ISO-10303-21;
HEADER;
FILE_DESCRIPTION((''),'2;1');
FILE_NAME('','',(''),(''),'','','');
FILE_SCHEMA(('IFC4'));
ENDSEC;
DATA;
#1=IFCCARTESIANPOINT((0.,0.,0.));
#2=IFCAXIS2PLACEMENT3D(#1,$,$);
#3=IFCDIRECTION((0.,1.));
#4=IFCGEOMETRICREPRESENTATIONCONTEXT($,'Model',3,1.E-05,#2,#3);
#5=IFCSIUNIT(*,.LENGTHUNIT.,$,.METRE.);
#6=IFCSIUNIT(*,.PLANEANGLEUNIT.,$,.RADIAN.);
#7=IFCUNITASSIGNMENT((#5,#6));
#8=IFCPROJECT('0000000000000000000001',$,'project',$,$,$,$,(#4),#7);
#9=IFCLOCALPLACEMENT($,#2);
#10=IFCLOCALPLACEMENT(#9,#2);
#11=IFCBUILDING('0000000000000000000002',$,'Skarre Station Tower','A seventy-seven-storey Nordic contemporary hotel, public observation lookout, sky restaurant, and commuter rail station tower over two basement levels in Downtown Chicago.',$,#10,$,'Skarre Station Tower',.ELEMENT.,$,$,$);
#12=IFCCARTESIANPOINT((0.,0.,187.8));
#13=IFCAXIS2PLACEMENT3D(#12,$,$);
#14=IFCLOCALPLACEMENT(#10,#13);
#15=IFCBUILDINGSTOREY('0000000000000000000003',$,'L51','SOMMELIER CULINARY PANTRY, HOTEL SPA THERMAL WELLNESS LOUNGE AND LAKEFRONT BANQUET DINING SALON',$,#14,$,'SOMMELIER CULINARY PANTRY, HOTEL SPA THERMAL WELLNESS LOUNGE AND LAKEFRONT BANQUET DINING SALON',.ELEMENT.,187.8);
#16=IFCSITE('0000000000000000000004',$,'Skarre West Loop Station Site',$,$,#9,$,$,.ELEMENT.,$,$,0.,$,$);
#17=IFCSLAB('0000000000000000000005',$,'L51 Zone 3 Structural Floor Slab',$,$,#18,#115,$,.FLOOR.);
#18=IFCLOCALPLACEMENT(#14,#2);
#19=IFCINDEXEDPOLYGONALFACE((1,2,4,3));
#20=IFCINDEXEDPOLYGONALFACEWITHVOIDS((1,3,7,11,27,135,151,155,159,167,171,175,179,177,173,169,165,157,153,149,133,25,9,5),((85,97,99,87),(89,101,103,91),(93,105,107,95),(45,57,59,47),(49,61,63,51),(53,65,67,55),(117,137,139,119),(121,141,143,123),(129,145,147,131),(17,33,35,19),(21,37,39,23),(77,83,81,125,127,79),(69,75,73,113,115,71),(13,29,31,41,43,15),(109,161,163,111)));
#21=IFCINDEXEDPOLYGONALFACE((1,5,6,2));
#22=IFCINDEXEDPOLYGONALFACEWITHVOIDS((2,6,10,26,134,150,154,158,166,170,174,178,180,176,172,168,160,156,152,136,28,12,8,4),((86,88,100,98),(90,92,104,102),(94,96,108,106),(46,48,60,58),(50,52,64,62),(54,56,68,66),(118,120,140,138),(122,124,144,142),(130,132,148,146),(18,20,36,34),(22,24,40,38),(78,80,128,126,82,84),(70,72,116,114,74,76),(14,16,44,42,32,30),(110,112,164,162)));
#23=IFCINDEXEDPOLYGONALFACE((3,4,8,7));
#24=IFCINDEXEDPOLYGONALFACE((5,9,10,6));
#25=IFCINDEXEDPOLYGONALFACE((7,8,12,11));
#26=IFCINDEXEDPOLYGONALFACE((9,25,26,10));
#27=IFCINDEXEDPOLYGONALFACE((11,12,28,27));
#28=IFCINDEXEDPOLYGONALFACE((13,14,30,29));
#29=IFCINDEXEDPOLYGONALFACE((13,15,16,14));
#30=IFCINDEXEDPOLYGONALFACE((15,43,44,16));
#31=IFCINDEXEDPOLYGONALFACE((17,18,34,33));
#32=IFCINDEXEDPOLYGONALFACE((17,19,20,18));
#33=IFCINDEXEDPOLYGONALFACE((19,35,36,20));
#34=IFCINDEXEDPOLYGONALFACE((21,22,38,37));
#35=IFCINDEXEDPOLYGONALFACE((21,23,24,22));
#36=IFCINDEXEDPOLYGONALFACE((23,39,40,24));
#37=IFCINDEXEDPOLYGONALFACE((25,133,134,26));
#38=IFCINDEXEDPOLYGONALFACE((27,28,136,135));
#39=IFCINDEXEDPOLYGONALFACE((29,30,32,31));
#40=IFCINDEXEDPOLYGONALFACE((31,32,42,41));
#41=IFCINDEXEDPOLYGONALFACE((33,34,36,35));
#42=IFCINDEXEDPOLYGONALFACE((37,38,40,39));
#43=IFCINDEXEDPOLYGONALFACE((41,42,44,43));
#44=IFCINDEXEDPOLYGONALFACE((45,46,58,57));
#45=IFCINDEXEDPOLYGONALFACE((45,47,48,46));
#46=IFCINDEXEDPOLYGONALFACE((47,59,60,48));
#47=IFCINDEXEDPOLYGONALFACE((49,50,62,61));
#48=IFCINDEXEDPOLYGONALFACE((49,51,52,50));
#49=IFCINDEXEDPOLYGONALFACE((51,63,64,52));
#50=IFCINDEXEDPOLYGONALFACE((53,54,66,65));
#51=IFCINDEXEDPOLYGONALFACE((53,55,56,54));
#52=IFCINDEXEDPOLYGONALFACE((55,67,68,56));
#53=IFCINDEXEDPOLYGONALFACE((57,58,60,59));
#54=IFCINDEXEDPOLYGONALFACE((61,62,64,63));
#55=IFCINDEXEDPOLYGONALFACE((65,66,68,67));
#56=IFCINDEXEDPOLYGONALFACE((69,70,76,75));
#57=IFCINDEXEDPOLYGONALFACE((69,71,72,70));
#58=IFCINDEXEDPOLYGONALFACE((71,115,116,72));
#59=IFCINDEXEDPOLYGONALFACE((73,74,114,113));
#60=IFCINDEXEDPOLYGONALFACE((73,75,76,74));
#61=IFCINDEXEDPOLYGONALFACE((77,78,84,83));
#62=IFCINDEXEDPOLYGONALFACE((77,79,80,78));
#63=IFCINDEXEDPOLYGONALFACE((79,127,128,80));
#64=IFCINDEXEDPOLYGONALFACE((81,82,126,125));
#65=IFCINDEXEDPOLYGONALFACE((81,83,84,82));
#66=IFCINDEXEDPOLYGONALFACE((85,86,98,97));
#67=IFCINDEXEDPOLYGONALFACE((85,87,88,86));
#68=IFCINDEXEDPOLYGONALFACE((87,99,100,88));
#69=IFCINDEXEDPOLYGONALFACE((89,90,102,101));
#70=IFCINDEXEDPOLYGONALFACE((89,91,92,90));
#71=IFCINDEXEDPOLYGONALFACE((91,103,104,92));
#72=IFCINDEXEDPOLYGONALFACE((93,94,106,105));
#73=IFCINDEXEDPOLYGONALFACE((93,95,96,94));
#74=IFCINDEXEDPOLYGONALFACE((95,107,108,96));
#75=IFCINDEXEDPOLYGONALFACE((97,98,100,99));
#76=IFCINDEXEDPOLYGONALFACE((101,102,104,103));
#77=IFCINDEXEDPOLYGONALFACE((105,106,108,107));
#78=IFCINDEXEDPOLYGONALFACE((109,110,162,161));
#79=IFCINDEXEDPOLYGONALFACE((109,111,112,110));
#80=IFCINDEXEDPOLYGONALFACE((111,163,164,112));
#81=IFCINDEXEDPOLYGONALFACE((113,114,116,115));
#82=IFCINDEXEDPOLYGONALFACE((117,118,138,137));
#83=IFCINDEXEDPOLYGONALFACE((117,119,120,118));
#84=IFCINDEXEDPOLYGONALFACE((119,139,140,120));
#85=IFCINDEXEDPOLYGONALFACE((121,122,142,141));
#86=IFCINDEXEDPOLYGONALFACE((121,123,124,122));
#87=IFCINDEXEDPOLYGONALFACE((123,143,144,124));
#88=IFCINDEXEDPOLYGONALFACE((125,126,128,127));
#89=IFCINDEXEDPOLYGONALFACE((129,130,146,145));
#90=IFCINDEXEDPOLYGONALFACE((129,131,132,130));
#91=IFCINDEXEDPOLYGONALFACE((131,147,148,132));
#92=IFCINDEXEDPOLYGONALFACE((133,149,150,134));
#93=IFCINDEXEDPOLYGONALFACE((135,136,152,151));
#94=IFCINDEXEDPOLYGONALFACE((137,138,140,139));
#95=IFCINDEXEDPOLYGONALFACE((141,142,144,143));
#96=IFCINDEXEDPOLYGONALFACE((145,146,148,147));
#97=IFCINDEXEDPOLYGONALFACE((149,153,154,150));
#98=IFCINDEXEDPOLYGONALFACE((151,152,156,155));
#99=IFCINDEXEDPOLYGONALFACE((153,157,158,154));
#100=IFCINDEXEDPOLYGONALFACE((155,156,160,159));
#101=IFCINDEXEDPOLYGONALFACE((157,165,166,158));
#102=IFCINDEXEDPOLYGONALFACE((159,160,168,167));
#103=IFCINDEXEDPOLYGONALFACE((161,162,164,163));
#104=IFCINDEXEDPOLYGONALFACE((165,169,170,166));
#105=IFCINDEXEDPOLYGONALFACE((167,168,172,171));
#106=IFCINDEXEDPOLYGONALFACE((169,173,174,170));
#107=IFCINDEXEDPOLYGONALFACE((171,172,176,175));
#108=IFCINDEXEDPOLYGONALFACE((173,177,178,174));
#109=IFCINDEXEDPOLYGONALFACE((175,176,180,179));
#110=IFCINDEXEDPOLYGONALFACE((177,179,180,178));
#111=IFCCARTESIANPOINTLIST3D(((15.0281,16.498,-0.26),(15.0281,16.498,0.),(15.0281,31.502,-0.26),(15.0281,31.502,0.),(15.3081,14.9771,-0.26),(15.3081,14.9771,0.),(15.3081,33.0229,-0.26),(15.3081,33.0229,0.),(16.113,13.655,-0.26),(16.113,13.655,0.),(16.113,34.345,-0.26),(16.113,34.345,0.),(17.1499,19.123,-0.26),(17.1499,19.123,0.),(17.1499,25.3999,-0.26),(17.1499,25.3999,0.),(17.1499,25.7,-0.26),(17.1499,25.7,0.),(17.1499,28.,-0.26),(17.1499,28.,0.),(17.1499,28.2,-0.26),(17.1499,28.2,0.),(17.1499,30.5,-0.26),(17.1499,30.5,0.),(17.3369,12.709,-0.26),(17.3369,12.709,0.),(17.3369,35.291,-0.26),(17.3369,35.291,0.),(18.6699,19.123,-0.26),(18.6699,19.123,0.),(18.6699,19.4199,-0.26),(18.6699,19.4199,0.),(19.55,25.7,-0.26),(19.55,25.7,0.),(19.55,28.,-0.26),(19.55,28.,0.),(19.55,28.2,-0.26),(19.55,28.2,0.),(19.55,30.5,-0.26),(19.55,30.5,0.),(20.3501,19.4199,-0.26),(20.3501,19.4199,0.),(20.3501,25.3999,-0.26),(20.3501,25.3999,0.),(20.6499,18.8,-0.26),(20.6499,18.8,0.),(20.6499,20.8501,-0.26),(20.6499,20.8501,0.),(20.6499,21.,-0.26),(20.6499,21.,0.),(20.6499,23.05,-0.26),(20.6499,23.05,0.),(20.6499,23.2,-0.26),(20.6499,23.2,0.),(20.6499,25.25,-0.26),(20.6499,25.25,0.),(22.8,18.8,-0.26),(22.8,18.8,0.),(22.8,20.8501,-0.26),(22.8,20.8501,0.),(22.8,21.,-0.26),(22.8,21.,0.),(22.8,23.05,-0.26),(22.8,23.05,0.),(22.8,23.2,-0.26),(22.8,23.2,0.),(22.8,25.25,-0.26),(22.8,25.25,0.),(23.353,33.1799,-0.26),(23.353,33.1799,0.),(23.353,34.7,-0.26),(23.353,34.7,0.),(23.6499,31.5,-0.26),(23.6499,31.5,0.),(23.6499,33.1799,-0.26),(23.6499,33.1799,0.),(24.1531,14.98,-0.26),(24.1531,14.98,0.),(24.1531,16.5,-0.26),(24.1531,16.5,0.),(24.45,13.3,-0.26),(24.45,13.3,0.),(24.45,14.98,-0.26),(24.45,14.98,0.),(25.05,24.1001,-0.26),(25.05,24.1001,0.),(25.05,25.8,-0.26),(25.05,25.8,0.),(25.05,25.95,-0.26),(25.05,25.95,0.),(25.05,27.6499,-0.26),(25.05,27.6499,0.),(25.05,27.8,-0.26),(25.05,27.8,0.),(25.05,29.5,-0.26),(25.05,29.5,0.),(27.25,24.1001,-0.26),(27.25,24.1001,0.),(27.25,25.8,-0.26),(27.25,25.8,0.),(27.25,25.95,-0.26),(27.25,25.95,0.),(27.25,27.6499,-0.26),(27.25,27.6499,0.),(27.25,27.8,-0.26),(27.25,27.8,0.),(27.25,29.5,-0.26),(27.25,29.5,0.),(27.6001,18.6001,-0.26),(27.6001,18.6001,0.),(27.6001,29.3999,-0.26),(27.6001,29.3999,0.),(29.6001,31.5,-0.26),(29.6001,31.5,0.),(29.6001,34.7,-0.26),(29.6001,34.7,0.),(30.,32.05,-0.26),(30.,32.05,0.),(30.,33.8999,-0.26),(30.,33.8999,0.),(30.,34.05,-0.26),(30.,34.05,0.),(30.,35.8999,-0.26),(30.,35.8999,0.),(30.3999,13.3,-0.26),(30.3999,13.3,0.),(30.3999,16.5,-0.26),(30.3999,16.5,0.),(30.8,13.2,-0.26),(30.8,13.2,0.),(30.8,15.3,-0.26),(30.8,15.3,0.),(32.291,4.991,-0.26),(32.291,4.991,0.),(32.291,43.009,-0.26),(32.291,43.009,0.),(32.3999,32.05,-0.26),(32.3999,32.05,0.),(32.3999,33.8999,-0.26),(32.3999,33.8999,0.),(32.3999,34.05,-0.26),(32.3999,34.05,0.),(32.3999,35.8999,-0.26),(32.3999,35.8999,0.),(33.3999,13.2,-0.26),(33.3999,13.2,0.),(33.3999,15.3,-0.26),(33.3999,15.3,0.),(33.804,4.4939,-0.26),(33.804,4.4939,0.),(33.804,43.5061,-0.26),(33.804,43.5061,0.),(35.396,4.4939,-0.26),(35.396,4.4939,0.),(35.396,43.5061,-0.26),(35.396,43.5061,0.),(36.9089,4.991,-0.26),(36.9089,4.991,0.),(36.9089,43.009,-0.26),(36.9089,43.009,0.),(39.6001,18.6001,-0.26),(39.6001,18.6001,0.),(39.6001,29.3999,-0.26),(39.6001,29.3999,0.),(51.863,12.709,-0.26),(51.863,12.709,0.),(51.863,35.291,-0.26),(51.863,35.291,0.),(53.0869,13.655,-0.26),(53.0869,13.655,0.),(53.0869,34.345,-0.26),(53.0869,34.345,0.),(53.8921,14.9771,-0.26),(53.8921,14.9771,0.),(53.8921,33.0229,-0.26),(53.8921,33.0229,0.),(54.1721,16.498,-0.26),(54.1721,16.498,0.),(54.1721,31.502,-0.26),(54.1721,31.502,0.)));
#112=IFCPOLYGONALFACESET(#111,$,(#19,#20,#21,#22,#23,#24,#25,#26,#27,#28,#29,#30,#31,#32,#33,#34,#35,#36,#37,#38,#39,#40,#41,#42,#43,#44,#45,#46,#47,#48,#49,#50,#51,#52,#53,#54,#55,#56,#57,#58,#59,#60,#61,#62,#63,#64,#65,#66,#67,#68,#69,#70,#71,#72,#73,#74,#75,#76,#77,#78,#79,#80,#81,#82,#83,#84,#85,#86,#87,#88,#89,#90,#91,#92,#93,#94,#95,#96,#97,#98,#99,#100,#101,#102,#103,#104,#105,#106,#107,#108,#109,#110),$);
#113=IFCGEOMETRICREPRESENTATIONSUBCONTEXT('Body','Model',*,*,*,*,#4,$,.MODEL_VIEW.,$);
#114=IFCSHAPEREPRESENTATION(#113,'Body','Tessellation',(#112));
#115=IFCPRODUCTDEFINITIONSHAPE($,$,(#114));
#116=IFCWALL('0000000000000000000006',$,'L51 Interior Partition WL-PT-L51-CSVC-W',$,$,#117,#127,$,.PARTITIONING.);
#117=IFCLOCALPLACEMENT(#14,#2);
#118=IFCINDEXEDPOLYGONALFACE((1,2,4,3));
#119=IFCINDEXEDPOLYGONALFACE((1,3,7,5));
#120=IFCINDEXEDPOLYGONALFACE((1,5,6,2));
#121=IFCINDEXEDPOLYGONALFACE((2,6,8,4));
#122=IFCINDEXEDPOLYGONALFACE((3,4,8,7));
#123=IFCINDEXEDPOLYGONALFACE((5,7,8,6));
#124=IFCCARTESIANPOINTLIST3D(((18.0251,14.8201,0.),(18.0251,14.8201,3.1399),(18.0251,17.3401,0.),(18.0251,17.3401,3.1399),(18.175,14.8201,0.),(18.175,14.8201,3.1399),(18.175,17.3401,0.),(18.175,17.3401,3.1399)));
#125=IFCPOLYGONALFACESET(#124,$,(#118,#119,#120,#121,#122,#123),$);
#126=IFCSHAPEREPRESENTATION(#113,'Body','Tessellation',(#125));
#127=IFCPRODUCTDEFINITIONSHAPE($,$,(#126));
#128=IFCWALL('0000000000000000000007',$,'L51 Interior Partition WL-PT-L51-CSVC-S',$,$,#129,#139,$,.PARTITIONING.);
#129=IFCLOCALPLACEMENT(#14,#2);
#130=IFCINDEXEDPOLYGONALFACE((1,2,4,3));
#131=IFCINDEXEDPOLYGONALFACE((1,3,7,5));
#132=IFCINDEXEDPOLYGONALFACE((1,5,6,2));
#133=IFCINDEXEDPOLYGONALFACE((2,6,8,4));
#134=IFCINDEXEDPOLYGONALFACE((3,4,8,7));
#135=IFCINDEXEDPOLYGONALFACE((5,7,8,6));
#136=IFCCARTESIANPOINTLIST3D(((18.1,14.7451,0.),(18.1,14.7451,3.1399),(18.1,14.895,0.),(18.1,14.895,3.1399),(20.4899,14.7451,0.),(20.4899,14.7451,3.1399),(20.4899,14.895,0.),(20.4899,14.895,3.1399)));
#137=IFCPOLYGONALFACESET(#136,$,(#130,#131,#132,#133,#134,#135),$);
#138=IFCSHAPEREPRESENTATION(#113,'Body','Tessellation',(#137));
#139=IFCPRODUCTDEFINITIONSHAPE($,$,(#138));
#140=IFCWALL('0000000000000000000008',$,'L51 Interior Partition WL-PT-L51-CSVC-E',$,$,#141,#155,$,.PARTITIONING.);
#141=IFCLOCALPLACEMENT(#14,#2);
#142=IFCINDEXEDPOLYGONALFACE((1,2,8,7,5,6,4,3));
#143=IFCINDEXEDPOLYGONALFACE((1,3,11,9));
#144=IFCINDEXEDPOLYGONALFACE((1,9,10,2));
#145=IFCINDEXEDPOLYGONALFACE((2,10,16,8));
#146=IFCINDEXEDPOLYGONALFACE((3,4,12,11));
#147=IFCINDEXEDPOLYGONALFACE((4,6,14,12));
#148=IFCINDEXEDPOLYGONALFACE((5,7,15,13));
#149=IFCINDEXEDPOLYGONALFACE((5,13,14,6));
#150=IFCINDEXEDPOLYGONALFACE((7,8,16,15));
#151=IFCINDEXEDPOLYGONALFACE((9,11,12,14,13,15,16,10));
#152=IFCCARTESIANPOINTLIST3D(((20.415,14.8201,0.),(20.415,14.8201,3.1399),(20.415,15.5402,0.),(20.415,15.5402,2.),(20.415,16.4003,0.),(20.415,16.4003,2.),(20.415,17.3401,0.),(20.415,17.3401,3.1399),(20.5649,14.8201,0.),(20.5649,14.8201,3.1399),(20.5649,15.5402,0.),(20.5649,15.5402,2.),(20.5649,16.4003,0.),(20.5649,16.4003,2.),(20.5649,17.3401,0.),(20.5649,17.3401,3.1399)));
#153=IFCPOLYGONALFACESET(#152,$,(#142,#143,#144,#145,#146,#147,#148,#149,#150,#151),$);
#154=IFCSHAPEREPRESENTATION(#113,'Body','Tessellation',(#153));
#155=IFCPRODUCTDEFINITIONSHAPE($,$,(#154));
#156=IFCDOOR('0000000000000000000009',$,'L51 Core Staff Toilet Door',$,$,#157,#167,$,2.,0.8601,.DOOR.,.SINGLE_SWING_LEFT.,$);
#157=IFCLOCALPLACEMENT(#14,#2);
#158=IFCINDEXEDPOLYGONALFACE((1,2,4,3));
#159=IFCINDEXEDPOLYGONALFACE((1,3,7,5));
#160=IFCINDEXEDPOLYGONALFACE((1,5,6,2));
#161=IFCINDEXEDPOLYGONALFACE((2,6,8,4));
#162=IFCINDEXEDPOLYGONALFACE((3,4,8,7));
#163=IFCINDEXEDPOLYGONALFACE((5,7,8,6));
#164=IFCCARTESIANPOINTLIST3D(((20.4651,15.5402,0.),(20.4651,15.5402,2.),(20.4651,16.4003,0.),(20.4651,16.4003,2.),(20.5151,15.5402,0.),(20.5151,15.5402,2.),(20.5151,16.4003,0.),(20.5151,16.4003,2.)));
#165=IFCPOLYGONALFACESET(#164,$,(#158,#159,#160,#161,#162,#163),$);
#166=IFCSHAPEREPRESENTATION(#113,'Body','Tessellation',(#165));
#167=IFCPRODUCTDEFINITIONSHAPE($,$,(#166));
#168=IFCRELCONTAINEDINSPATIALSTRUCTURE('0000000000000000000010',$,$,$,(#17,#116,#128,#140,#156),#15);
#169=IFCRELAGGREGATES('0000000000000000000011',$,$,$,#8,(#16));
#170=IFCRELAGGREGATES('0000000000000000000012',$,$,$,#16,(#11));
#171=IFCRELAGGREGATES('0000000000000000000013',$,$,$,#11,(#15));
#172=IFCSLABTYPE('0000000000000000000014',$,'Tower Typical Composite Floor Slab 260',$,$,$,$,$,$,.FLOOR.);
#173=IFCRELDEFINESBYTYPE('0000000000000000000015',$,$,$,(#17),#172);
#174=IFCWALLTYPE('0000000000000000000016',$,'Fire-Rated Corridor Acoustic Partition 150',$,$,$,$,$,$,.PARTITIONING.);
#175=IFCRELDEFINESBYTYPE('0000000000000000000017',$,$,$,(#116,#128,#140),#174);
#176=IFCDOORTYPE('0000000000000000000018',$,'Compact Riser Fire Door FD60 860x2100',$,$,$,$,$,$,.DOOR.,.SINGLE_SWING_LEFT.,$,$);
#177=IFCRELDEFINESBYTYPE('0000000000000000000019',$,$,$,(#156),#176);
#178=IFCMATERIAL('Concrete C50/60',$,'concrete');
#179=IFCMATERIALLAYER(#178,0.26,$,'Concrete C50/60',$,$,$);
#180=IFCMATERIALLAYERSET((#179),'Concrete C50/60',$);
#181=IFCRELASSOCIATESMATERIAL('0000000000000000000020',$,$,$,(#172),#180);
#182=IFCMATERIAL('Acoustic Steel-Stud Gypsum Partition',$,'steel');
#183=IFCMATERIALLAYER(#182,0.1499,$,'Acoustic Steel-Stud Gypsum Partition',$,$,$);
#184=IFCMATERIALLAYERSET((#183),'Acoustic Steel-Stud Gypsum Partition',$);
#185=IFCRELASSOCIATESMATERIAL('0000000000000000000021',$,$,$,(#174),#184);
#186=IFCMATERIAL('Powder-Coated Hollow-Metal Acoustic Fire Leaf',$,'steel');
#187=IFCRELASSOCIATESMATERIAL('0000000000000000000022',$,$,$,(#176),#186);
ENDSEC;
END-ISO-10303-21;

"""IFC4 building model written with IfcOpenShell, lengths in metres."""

from ifc_helpers import new_model, si_unit, direction, frame, frame_2d, origin, place, context, subcontext, project, spatial, polyline, rectangle, outline, extrude, material, layer, layer_set, type_object, element, fill, save


model = new_model("IFC4")

# Units and contexts
model_context = context("Model", 3, precision=1e-05, world=origin(), true_north=direction((0.0, 1.0)))
body_context = subcontext(model_context, "Body", "Model", "MODEL_VIEW")
ifc_project = project(units=[si_unit("LENGTHUNIT", "METRE"), si_unit("PLANEANGLEUNIT", "RADIAN")], contexts=[model_context])

# Site, building, storey
site_placement = place(None, origin())
site = spatial("IfcSite", under=ifc_project, at=site_placement, Name="Skarre West Loop Station Site", CompositionType="ELEMENT", RefElevation=0.0)
building_placement = place(site_placement, origin())
building = spatial("IfcBuilding", under=site, at=building_placement, Name="Skarre Station Tower", Description="A seventy-seven-storey Nordic contemporary hotel, public observation lookout, sky restaurant, and commuter rail station tower over two basement levels in Downtown Chicago.", LongName="Skarre Station Tower", CompositionType="ELEMENT")
storey_placement = place(building_placement, frame((0.0, 0.0, 187.8)))
storey = spatial("IfcBuildingStorey", under=building, at=storey_placement, Name="L51", Description="SOMMELIER CULINARY PANTRY, HOTEL SPA THERMAL WELLNESS LOUNGE AND LAKEFRONT BANQUET DINING SALON", LongName="SOMMELIER CULINARY PANTRY, HOTEL SPA THERMAL WELLNESS LOUNGE AND LAKEFRONT BANQUET DINING SALON", CompositionType="ELEMENT", Elevation=187.8)

# Shared definitions
ifc_material_1 = material(Name="Concrete C50/60", Category="concrete")

# Slab
ifc_layer_1 = layer(ifc_material_1, 0.26, Name="Concrete C50/60")
ifc_layer_set_1 = layer_set([ifc_layer_1], Name="Concrete C50/60")
slab_type_1 = type_object("IfcSlabType", Name="Tower Typical Composite Floor Slab 260", PredefinedType="FLOOR", material=ifc_layer_set_1)
slab_1_placement = place(storey_placement, frame((0.0, 0.0, -0.26)))
element("IfcSlab", 1, at=slab_1_placement, inside=storey, type_object=slab_type_1, Name="L51 Zone 3 Structural Floor Slab", PredefinedType="FLOOR", context=body_context, shape_type="SweptSolid", body=[
    extrude(outline(polyline([(54.1721, 31.502), (53.8921, 33.0229), (53.0869, 34.345), (51.863, 35.291), (36.9089, 43.009), (35.396, 43.5061), (33.804, 43.5061), (32.291, 43.009), (17.3369, 35.291), (16.113, 34.345), (15.3081, 33.0229), (15.0281, 31.502), (15.0281, 16.498), (15.3081, 14.9771), (16.113, 13.655), (17.3369, 12.709), (32.291, 4.991), (33.804, 4.4939), (35.396, 4.4939), (36.9089, 4.991), (51.863, 12.709), (53.0869, 13.655), (53.8921, 14.9771), (54.1721, 16.498), (54.1721, 31.502)]), holes=[polyline([(18.6699, 19.4199), (18.6699, 19.123), (17.1499, 19.123), (17.1499, 25.3999), (20.3501, 25.3999), (20.3501, 19.4199), (18.6699, 19.4199)]), polyline([(24.45, 14.98), (24.1531, 14.98), (24.1531, 16.5), (30.3999, 16.5), (30.3999, 13.3), (24.45, 13.3), (24.45, 14.98)]), polyline([(23.6499, 33.1799), (23.353, 33.1799), (23.353, 34.7), (29.6001, 34.7), (29.6001, 31.5), (23.6499, 31.5), (23.6499, 33.1799)]), polyline([(17.1499, 28.0), (19.55, 28.0), (19.55, 25.7), (17.1499, 25.7), (17.1499, 28.0)]), polyline([(17.1499, 30.5), (19.55, 30.5), (19.55, 28.2), (17.1499, 28.2), (17.1499, 30.5)]), polyline([(30.8, 15.3), (33.3999, 15.3), (33.3999, 13.2), (30.8, 13.2), (30.8, 15.3)]), polyline([(25.05, 25.8), (27.25, 25.8), (27.25, 24.1001), (25.05, 24.1001), (25.05, 25.8)]), polyline([(25.05, 27.6499), (27.25, 27.6499), (27.25, 25.95), (25.05, 25.95), (25.05, 27.6499)]), polyline([(25.05, 29.5), (27.25, 29.5), (27.25, 27.8), (25.05, 27.8), (25.05, 29.5)]), polyline([(20.6499, 20.8501), (22.8, 20.8501), (22.8, 18.8), (20.6499, 18.8), (20.6499, 20.8501)]), polyline([(20.6499, 23.05), (22.8, 23.05), (22.8, 21.0), (20.6499, 21.0), (20.6499, 23.05)]), polyline([(20.6499, 25.25), (22.8, 25.25), (22.8, 23.2), (20.6499, 23.2), (20.6499, 25.25)]), polyline([(30.0, 33.8999), (32.3999, 33.8999), (32.3999, 32.05), (30.0, 32.05), (30.0, 33.8999)]), polyline([(30.0, 35.8999), (32.3999, 35.8999), (32.3999, 34.05), (30.0, 34.05), (30.0, 35.8999)]), polyline([(27.6001, 29.3999), (39.6001, 29.3999), (39.6001, 18.6001), (27.6001, 18.6001), (27.6001, 29.3999)])]), origin(), (0.0, 0.0, 1.0), 0.26),
])

# Walls
ifc_material_2 = material(Name="Acoustic Steel-Stud Gypsum Partition", Category="steel")
ifc_layer_2 = layer(ifc_material_2, 0.1499, Name="Acoustic Steel-Stud Gypsum Partition")
ifc_layer_set_2 = layer_set([ifc_layer_2], Name="Acoustic Steel-Stud Gypsum Partition")
wall_type_1 = type_object("IfcWallType", Name="Fire-Rated Corridor Acoustic Partition 150", PredefinedType="PARTITIONING", material=ifc_layer_set_2)
wall_1_placement = place(storey_placement, frame((18.1001, 17.3401, 0.0), z_axis=(0.0, 0.0, 1.0), x_axis=(0.0, -1.0, 0.0)))
element("IfcWall", 2, at=wall_1_placement, inside=storey, type_object=wall_type_1, Name="L51 Interior Partition WL-PT-L51-CSVC-W", PredefinedType="PARTITIONING", context=body_context, shape_type="SweptSolid", body=[
    extrude(rectangle(XDim=2.52, YDim=0.1499, at=frame_2d((1.26, 0.0))), origin(), (0.0, 0.0, 1.0), 3.1399),
])
wall_2_placement = place(storey_placement, frame((18.1001, 14.8201, 0.0), z_axis=(0.0, 0.0, 1.0), x_axis=(1.0, 0.0, 0.0)))
element("IfcWall", 3, at=wall_2_placement, inside=storey, type_object=wall_type_1, Name="L51 Interior Partition WL-PT-L51-CSVC-S", PredefinedType="PARTITIONING", context=body_context, shape_type="SweptSolid", body=[
    extrude(rectangle(XDim=2.3899, YDim=0.1499, at=frame_2d((1.1948, 0.0))), origin(), (0.0, 0.0, 1.0), 3.1399),
])

# Wall, opening, door
wall_3_placement = place(storey_placement, frame((20.49, 14.8201, 0.0), z_axis=(0.0, 0.0, 1.0), x_axis=(0.0, 1.0, 0.0)))
wall_3 = element("IfcWall", 4, at=wall_3_placement, inside=storey, type_object=wall_type_1, Name="L51 Interior Partition WL-PT-L51-CSVC-E", PredefinedType="PARTITIONING", context=body_context, shape_type="SweptSolid", body=[
    extrude(rectangle(XDim=2.52, YDim=0.1499, at=frame_2d((1.26, 0.0))), origin(), (0.0, 0.0, 1.0), 3.1399),
])
opening_1_placement = place(wall_3_placement, frame((0.72, 0.0, 0.0)))
opening_1 = element("IfcOpeningElement", 5, at=opening_1_placement, cuts=wall_3, PredefinedType="OPENING", context=body_context, shape_type="SweptSolid", body=[
    extrude(rectangle(XDim=0.8601, YDim=2.0, at=frame_2d((0.4302, 1.0))), frame((0.0, 0.085, 0.0), z_axis=(0.0, -1.0, 0.0), x_axis=(1.0, 0.0, 0.0)), (0.0, 0.0, 1.0), 0.1699),
])
ifc_material_3 = material(Name="Powder-Coated Hollow-Metal Acoustic Fire Leaf", Category="steel")
door_type_1 = type_object("IfcDoorType", Name="Compact Riser Fire Door FD60 860x2100", OperationType="SINGLE_SWING_LEFT", PredefinedType="DOOR", material=ifc_material_3)
door_1_placement = place(opening_1_placement, origin())
door_1 = element("IfcDoor", 6, at=door_1_placement, inside=storey, type_object=door_type_1, Name="L51 Core Staff Toilet Door", OperationType="SINGLE_SWING_LEFT", OverallHeight=2.0, OverallWidth=0.8601, PredefinedType="DOOR", context=body_context, shape_type="SweptSolid", body=[
    extrude(rectangle(XDim=0.8601, YDim=2.0, at=frame_2d((0.4302, 1.0))), frame((0.0, 0.0249, 0.0), z_axis=(0.0, -1.0, 0.0), x_axis=(1.0, 0.0, 0.0)), (0.0, 0.0, 1.0), 0.05),
])
fill(opening_1, door_1)

save(model, "model.ifc")
